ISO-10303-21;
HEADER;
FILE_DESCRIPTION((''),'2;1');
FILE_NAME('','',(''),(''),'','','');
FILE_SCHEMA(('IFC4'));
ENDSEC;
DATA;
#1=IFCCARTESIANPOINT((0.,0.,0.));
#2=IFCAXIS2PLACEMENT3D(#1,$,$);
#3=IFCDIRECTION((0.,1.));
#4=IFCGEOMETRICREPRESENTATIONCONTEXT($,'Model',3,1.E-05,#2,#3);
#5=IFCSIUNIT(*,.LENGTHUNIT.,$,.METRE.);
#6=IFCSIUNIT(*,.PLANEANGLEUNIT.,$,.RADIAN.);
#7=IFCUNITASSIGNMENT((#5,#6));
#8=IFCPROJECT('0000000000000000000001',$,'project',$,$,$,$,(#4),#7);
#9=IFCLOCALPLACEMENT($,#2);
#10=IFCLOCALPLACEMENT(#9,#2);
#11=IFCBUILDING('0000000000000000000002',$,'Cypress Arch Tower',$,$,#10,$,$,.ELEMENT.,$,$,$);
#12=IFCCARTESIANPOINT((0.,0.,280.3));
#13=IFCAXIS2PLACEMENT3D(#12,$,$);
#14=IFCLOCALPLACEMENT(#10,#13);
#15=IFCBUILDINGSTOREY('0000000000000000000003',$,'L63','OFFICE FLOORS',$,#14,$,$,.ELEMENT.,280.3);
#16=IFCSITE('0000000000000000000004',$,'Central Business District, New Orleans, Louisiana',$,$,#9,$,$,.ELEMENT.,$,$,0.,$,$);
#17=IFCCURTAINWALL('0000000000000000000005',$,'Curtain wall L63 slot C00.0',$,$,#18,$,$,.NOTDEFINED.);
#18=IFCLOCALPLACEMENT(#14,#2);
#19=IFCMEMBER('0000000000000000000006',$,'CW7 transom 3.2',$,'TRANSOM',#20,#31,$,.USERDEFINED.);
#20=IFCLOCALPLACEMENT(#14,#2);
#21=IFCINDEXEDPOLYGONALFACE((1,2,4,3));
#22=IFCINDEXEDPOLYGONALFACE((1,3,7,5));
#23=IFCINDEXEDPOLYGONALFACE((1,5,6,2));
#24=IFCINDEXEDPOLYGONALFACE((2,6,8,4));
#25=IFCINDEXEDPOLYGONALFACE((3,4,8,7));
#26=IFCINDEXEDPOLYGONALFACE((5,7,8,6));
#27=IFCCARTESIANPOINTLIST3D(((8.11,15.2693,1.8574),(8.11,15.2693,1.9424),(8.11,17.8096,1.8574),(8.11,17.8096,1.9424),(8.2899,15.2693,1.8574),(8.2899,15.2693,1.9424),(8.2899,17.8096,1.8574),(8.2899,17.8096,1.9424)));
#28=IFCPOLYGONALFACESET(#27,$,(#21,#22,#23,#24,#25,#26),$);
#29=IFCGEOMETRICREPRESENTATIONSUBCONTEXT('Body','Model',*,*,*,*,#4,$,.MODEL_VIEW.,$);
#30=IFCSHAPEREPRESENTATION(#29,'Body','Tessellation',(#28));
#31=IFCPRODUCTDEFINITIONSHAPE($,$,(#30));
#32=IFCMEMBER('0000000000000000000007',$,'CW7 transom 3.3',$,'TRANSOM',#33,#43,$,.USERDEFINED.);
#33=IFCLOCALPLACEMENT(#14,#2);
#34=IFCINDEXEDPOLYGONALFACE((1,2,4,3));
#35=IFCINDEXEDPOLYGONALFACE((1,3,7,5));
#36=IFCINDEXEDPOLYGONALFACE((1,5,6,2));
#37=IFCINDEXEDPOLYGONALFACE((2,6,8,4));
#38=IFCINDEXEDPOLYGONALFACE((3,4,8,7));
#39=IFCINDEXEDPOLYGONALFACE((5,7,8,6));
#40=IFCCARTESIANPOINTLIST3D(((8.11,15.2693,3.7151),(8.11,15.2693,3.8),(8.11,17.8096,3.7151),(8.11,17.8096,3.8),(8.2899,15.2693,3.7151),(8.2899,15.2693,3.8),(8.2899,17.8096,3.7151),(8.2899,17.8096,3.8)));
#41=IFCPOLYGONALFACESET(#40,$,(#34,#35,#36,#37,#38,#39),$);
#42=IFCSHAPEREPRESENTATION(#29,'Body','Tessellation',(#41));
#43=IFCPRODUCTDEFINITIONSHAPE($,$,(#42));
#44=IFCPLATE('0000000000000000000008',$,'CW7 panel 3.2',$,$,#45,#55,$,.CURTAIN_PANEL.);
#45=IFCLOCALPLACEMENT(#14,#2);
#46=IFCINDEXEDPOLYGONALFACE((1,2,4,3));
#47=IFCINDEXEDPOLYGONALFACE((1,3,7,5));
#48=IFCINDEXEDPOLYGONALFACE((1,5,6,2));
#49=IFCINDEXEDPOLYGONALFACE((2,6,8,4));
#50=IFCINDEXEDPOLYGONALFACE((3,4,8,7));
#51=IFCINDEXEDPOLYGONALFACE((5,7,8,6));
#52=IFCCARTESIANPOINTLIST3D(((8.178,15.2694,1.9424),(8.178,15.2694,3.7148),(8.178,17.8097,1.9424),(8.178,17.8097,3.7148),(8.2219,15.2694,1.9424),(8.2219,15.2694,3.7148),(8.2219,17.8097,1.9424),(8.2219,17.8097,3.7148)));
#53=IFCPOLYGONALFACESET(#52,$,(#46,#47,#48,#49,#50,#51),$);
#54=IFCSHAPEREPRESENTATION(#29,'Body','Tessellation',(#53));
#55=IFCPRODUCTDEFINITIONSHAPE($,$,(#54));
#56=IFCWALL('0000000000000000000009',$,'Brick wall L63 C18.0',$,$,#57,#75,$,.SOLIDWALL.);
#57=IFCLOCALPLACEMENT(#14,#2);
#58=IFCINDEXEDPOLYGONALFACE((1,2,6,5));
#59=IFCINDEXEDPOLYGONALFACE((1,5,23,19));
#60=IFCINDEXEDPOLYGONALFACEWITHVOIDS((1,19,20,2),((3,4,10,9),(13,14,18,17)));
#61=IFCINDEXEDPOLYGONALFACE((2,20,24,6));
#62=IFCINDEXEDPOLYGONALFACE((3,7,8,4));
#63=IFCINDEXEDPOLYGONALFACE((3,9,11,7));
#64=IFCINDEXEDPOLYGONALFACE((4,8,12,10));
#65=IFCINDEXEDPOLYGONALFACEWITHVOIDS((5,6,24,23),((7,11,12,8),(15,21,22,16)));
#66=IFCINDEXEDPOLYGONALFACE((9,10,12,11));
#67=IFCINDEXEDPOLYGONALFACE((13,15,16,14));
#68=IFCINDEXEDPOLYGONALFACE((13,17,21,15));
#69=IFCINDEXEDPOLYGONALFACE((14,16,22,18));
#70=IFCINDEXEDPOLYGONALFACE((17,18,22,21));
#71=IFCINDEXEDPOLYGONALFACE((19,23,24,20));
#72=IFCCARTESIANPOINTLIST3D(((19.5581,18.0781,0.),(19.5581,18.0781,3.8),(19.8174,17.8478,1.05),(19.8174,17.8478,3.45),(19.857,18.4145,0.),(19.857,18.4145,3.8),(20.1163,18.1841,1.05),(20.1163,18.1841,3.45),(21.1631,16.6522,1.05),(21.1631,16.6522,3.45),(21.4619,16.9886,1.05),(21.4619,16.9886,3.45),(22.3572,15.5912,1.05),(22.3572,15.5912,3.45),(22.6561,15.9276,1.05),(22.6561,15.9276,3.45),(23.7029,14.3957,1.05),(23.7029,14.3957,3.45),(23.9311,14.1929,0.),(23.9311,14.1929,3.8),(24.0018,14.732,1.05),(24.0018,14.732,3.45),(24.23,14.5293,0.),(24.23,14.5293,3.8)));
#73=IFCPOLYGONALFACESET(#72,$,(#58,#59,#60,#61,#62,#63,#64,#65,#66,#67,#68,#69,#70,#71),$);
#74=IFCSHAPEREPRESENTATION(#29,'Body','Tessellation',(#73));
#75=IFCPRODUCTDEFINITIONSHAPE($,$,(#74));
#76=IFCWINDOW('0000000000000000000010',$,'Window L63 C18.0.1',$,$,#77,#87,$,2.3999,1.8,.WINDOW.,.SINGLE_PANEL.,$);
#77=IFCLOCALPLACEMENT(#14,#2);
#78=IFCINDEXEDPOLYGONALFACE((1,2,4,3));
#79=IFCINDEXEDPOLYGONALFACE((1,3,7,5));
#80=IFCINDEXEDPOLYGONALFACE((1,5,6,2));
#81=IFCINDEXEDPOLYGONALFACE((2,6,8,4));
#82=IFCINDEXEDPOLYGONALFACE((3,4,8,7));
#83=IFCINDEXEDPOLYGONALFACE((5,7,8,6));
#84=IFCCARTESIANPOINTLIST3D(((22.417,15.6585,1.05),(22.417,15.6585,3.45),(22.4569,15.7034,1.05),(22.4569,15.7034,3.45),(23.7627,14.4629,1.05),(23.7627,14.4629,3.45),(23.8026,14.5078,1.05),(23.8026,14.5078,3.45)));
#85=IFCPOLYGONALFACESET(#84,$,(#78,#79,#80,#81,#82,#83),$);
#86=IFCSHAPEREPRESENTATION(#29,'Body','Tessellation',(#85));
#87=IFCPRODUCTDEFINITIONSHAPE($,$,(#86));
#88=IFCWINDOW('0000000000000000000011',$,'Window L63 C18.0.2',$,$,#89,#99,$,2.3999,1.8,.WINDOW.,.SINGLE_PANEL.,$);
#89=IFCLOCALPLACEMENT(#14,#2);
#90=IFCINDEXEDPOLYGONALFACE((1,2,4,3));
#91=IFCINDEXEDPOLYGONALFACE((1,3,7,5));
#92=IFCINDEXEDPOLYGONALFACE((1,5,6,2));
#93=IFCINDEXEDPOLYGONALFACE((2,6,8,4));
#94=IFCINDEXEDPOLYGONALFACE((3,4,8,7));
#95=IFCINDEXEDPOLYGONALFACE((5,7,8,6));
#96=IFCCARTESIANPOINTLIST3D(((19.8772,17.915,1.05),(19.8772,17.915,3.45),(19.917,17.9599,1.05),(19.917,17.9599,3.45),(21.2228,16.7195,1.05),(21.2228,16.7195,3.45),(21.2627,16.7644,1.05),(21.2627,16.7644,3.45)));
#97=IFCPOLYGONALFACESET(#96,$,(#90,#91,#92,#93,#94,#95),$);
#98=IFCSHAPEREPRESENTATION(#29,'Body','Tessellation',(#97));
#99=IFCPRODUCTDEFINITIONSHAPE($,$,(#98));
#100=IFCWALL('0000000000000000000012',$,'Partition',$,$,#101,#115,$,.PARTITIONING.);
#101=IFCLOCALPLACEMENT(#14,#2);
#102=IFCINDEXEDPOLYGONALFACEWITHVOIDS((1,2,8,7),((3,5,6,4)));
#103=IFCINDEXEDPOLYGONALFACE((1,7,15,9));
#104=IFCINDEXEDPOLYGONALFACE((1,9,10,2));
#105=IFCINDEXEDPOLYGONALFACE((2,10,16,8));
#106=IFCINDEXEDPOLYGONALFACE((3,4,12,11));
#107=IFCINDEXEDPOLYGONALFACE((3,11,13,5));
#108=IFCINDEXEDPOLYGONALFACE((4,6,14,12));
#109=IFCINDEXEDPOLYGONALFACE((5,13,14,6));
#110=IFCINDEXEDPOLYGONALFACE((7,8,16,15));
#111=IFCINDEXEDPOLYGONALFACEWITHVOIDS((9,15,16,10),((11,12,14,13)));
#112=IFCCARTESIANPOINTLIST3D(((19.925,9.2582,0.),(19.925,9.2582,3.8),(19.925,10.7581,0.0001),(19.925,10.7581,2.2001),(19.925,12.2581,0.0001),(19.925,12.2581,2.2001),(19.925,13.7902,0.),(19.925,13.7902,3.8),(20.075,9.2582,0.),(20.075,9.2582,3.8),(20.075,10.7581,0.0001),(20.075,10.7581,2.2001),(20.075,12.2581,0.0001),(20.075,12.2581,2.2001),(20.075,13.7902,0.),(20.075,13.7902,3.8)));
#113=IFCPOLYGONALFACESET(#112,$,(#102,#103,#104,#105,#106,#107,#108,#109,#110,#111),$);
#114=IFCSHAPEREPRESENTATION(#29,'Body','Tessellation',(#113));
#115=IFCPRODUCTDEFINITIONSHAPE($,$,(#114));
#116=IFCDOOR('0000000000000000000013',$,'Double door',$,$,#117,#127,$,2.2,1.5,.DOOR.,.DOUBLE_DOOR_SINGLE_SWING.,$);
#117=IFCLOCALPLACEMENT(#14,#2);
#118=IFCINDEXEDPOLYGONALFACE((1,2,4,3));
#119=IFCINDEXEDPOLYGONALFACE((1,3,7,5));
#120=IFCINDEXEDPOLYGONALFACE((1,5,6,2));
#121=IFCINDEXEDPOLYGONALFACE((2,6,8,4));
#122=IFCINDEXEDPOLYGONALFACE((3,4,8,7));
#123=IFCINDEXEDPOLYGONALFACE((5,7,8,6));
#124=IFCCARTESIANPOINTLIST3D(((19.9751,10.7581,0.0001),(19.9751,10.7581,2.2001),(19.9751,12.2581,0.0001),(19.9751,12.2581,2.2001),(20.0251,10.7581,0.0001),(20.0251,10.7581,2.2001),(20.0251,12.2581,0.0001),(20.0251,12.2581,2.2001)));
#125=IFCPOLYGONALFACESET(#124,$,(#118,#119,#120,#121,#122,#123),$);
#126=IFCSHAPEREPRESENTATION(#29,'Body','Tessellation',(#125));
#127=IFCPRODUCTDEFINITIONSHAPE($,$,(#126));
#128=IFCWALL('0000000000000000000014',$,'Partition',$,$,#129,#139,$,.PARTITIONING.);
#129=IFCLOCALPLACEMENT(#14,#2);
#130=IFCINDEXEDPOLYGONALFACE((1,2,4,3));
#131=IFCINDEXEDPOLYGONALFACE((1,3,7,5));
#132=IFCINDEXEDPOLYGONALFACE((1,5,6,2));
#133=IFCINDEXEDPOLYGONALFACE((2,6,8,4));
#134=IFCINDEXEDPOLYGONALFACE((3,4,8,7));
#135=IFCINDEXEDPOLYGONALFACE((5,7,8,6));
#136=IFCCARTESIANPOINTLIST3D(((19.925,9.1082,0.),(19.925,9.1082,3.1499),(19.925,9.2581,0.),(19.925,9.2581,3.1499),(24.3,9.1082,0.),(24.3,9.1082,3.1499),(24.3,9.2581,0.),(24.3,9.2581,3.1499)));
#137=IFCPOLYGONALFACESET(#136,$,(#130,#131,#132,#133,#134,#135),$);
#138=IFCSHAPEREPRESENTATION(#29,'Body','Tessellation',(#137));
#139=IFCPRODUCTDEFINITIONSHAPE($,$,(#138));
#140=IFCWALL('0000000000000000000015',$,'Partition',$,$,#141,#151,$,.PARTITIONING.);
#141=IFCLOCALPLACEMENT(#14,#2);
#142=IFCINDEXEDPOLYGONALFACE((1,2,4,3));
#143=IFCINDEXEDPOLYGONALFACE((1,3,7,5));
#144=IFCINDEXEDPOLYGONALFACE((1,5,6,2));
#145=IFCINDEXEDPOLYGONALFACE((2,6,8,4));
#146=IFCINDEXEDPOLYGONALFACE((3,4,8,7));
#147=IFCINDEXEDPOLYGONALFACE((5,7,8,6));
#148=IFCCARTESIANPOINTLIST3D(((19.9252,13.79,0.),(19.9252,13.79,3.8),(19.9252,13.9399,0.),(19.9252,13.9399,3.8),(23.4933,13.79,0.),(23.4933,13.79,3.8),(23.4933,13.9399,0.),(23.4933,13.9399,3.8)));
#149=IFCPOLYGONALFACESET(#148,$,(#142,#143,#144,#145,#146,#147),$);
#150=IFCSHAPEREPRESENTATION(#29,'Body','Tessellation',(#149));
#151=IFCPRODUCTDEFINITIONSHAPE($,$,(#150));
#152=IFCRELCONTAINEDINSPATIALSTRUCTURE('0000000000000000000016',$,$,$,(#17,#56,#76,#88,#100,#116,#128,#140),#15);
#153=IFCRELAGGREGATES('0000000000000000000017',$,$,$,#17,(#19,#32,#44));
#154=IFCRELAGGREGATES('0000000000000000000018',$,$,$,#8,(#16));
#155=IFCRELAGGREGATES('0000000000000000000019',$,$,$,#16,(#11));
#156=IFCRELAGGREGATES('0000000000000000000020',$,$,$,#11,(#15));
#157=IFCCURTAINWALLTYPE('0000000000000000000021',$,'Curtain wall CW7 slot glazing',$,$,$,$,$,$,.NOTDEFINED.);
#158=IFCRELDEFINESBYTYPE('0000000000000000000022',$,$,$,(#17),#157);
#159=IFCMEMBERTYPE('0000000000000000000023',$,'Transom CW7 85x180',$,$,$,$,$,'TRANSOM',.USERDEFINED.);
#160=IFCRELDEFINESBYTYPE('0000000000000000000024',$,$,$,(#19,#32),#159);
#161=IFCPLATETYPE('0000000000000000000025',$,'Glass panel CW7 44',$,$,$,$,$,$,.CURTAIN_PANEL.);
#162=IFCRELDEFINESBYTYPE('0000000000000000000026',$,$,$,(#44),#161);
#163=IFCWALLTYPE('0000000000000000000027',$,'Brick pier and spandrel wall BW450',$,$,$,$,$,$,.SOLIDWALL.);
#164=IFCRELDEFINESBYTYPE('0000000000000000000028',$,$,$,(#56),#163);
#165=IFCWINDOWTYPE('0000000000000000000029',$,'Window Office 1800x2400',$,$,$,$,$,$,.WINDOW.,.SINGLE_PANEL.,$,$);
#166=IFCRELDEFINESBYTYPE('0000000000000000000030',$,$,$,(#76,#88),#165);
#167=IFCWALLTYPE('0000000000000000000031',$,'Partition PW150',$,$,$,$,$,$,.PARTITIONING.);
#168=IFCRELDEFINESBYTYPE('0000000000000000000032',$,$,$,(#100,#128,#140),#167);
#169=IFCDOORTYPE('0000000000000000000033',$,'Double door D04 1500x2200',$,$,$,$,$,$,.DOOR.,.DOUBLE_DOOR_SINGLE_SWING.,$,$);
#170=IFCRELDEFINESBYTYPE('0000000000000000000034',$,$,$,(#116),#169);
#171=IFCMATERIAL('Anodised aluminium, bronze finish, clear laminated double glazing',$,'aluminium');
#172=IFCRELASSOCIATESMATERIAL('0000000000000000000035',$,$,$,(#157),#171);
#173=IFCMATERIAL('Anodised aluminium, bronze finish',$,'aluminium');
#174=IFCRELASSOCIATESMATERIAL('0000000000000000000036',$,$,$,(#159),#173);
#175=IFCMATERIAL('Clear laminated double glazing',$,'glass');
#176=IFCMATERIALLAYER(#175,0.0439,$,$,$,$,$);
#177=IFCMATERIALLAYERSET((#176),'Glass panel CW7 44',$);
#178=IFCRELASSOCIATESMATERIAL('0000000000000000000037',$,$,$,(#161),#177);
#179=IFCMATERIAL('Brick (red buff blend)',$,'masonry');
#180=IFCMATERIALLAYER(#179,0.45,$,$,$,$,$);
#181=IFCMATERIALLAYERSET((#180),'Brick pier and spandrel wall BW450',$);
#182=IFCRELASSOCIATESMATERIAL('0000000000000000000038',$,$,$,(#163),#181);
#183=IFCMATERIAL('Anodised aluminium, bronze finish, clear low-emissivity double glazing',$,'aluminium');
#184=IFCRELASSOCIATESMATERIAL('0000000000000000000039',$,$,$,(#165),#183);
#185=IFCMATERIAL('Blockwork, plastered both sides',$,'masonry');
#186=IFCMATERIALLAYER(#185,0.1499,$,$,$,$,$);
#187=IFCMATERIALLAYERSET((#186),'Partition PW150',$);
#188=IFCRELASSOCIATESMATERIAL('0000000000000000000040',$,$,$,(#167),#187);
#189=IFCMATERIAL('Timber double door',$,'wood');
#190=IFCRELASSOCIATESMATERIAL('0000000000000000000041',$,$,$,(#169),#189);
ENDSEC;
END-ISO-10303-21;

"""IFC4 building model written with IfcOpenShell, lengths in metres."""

from ifc_helpers import new_model, si_unit, direction, frame, frame_2d, origin, origin_2d, place, context, subcontext, project, spatial, rectangle, extrude, material, layer, layer_set, material_profile, profile_set, type_object, element, fill, aggregate, save


model = new_model("IFC4")

# Units and contexts
model_context = context("Model", 3, precision=1e-05, world=origin(), true_north=direction((0.0, 1.0)))
body_context = subcontext(model_context, "Body", "Model", "MODEL_VIEW")
ifc_project = project(units=[si_unit("LENGTHUNIT", "METRE"), si_unit("PLANEANGLEUNIT", "RADIAN")], contexts=[model_context])

# Site, building, storey
site_placement = place(None, origin())
site = spatial("IfcSite", under=ifc_project, at=site_placement, Name="Central Business District, New Orleans, Louisiana", CompositionType="ELEMENT", RefElevation=0.0)
building_placement = place(site_placement, origin())
building = spatial("IfcBuilding", under=site, at=building_placement, Name="Cypress Arch Tower", CompositionType="ELEMENT")
storey_placement = place(building_placement, frame((0.0, 0.0, 280.3)))
storey = spatial("IfcBuildingStorey", under=building, at=storey_placement, Name="L63", Description="OFFICE FLOORS", CompositionType="ELEMENT", Elevation=280.3)

# Curtain wall
ifc_material_1 = material(Name="Anodised aluminium, bronze finish, clear laminated double glazing", Category="aluminium")
curtain_wall_type = type_object("IfcCurtainWallType", Name="Curtain wall CW7 slot glazing", PredefinedType="NOTDEFINED", material=ifc_material_1)
curtain_wall_placement = place(storey_placement, origin())
curtain_wall = element("IfcCurtainWall", 1, at=curtain_wall_placement, inside=storey, type_object=curtain_wall_type, Name="Curtain wall L63 slot C00.0", PredefinedType="NOTDEFINED")

# Members
ifc_material_2 = material(Name="Anodised aluminium, bronze finish", Category="aluminium")
ifc_material_profile_1 = material_profile(ifc_material_2, rectangle(XDim=0.1799, YDim=0.085, at=origin_2d()), Name="Transom 85x180")
ifc_profile_set_1 = profile_set([ifc_material_profile_1], Name="Anodised aluminium, bronze finish")
member_type_1 = type_object("IfcMemberType", Name="Transom CW7 85x180", ElementType="TRANSOM", PredefinedType="USERDEFINED", material=ifc_profile_set_1)
member_1_placement = place(storey_placement, frame((8.2, 17.8096, 1.8999), z_axis=(0.0, -1.0, 0.0), x_axis=(1.0, 0.0, 0.0)))
member_1 = element("IfcMember", 2, at=member_1_placement, type_object=member_type_1, Name="CW7 transom 3.2", ObjectType="TRANSOM", PredefinedType="USERDEFINED", context=body_context, shape_type="SweptSolid", body=[
    extrude(rectangle(XDim=0.1799, YDim=0.085, at=origin_2d()), origin(), (0.0, 0.0, 1.0), 2.5403),
])
member_2_placement = place(storey_placement, frame((8.2, 17.8096, 3.7576), z_axis=(0.0, -1.0, 0.0), x_axis=(1.0, 0.0, 0.0)))
member_2 = element("IfcMember", 3, at=member_2_placement, type_object=member_type_1, Name="CW7 transom 3.3", ObjectType="TRANSOM", PredefinedType="USERDEFINED", context=body_context, shape_type="SweptSolid", body=[
    extrude(rectangle(XDim=0.1799, YDim=0.085, at=origin_2d()), origin(), (0.0, 0.0, 1.0), 2.5403),
])

# Plate
ifc_material_3 = material(Name="Clear laminated double glazing", Category="glass")
ifc_layer_1 = layer(ifc_material_3, 0.0439)
ifc_layer_set_1 = layer_set([ifc_layer_1], Name="Glass panel CW7 44")
plate_type = type_object("IfcPlateType", Name="Glass panel CW7 44", PredefinedType="CURTAIN_PANEL", material=ifc_layer_set_1)
plate_placement = place(storey_placement, frame((8.2, 16.5396, 1.9424), z_axis=(0.0, 0.0, 1.0), x_axis=(0.0, -1.0, 0.0)))
plate = element("IfcPlate", 4, at=plate_placement, type_object=plate_type, Name="CW7 panel 3.2", PredefinedType="CURTAIN_PANEL", context=body_context, shape_type="SweptSolid", body=[
    extrude(rectangle(XDim=2.5403, YDim=0.0439, at=origin_2d()), origin(), (0.0, 0.0, 1.0), 1.7725),
])
aggregate(curtain_wall, [member_1, member_2, plate])

# Shared definitions
ifc_material_4 = material(Name="Brick (red buff blend)", Category="masonry")
ifc_layer_2 = layer(ifc_material_4, 0.45)
ifc_layer_set_2 = layer_set([ifc_layer_2], Name="Brick pier and spandrel wall BW450")
wall_type_1 = type_object("IfcWallType", Name="Brick pier and spandrel wall BW450", PredefinedType="SOLIDWALL", material=ifc_layer_set_2)

# Wall, openings, windows
wall_1_placement = place(storey_placement, frame((24.0806, 14.3611, 0.0), z_axis=(0.0, 0.0, 1.0), x_axis=(-0.74757, 0.664182, 0.0)))
wall_1 = element("IfcWall", 5, at=wall_1_placement, inside=storey, type_object=wall_type_1, Name="Brick wall L63 C18.0", PredefinedType="SOLIDWALL", context=body_context, shape_type="SweptSolid", body=[
    extrude(rectangle(XDim=5.8496, YDim=0.45, at=frame_2d((2.9248, 0.0))), origin(), (0.0, 0.0, 1.0), 3.8),
])
opening_1_placement = place(wall_1_placement, frame((0.3054, 0.0, 1.05)))
opening_1 = element("IfcOpeningElement", 6, at=opening_1_placement, cuts=wall_1, PredefinedType="OPENING", context=body_context, shape_type="SweptSolid", body=[
    extrude(rectangle(XDim=1.8, YDim=2.3999, at=frame_2d((0.8999, 1.2))), frame((0.0, 0.2349, 0.0), z_axis=(0.0, -1.0, 0.0), x_axis=(1.0, 0.0, 0.0)), (0.0, 0.0, 1.0), 0.47),
])
opening_2_placement = place(wall_1_placement, frame((3.7029, 0.0, 1.05)))
opening_2 = element("IfcOpeningElement", 7, at=opening_2_placement, cuts=wall_1, PredefinedType="OPENING", context=body_context, shape_type="SweptSolid", body=[
    extrude(rectangle(XDim=1.8, YDim=2.3999, at=frame_2d((0.8999, 1.2))), frame((0.0, 0.2349, 0.0), z_axis=(0.0, -1.0, 0.0), x_axis=(1.0, 0.0, 0.0)), (0.0, 0.0, 1.0), 0.47),
])
ifc_material_5 = material(Name="Anodised aluminium, bronze finish, clear low-emissivity double glazing", Category="aluminium")
window_type_1 = type_object("IfcWindowType", Name="Window Office 1800x2400", PartitioningType="SINGLE_PANEL", PredefinedType="WINDOW", material=ifc_material_5)
window_1_placement = place(opening_1_placement, origin())
window_1 = element("IfcWindow", 8, at=window_1_placement, inside=storey, type_object=window_type_1, Name="Window L63 C18.0.1", OverallHeight=2.3999, OverallWidth=1.8, PartitioningType="SINGLE_PANEL", PredefinedType="WINDOW", context=body_context, shape_type="SweptSolid", body=[
    extrude(rectangle(XDim=1.8, YDim=2.3999, at=frame_2d((0.8999, 1.2))), frame((0.0, 0.135, 0.0), z_axis=(0.0, -1.0, 0.0), x_axis=(1.0, 0.0, 0.0)), (0.0, 0.0, 1.0), 0.0601),
])
fill(opening_1, window_1)
window_2_placement = place(opening_2_placement, origin())
window_2 = element("IfcWindow", 9, at=window_2_placement, inside=storey, type_object=window_type_1, Name="Window L63 C18.0.2", OverallHeight=2.3999, OverallWidth=1.8, PartitioningType="SINGLE_PANEL", PredefinedType="WINDOW", context=body_context, shape_type="SweptSolid", body=[
    extrude(rectangle(XDim=1.8, YDim=2.3999, at=frame_2d((0.8999, 1.2))), frame((0.0, 0.135, 0.0), z_axis=(0.0, -1.0, 0.0), x_axis=(1.0, 0.0, 0.0)), (0.0, 0.0, 1.0), 0.0601),
])
fill(opening_2, window_2)

# Wall, opening, door
ifc_material_6 = material(Name="Blockwork, plastered both sides", Category="masonry")
ifc_layer_3 = layer(ifc_material_6, 0.1499)
ifc_layer_set_3 = layer_set([ifc_layer_3], Name="Partition PW150")
wall_type_2 = type_object("IfcWallType", Name="Partition PW150", PredefinedType="PARTITIONING", material=ifc_layer_set_3)
wall_2_placement = place(storey_placement, frame((20.0, 9.2581, 0.0), z_axis=(0.0, 0.0, 1.0), x_axis=(0.0, 1.0, 0.0)))
wall_2 = element("IfcWall", 10, at=wall_2_placement, inside=storey, type_object=wall_type_2, Name="Partition", PredefinedType="PARTITIONING", context=body_context, shape_type="SweptSolid", body=[
    extrude(rectangle(XDim=4.532, YDim=0.1499, at=frame_2d((2.2661, 0.0))), origin(), (0.0, 0.0, 1.0), 3.8),
])
opening_3_placement = place(wall_2_placement, frame((1.5, 0.0, 0.0)))
opening_3 = element("IfcOpeningElement", 11, at=opening_3_placement, cuts=wall_2, PredefinedType="OPENING", context=body_context, shape_type="SweptSolid", body=[
    extrude(rectangle(XDim=1.5, YDim=2.2, at=frame_2d((0.75, 1.1001))), frame((0.0, 0.085, 0.0), z_axis=(0.0, -1.0, 0.0), x_axis=(1.0, 0.0, 0.0)), (0.0, 0.0, 1.0), 0.1699),
])
ifc_material_7 = material(Name="Timber double door", Category="wood")
door_type_1 = type_object("IfcDoorType", Name="Double door D04 1500x2200", OperationType="DOUBLE_DOOR_SINGLE_SWING", PredefinedType="DOOR", material=ifc_material_7)
door_1_placement = place(opening_3_placement, origin())
door_1 = element("IfcDoor", 12, at=door_1_placement, inside=storey, type_object=door_type_1, Name="Double door", OperationType="DOUBLE_DOOR_SINGLE_SWING", OverallHeight=2.2, OverallWidth=1.5, PredefinedType="DOOR", context=body_context, shape_type="SweptSolid", body=[
    extrude(rectangle(XDim=1.5, YDim=2.2, at=frame_2d((0.75, 1.1001))), frame((0.0, 0.0249, 0.0), z_axis=(0.0, -1.0, 0.0), x_axis=(1.0, 0.0, 0.0)), (0.0, 0.0, 1.0), 0.05),
])
fill(opening_3, door_1)

# Walls
wall_3_placement = place(storey_placement, frame((19.925, 9.1831, 0.0), z_axis=(0.0, 0.0, 1.0), x_axis=(1.0, 0.0, 0.0)))
element("IfcWall", 13, at=wall_3_placement, inside=storey, type_object=wall_type_2, Name="Partition", PredefinedType="PARTITIONING", context=body_context, shape_type="SweptSolid", body=[
    extrude(rectangle(XDim=4.375, YDim=0.1499, at=frame_2d((2.1875, 0.0))), origin(), (0.0, 0.0, 1.0), 3.1499),
])
wall_4_placement = place(storey_placement, frame((19.925, 13.865, 0.0), z_axis=(0.0, 0.0, 1.0), x_axis=(1.0, 0.0, 0.0)))
element("IfcWall", 14, at=wall_4_placement, inside=storey, type_object=wall_type_2, Name="Partition", PredefinedType="PARTITIONING", context=body_context, shape_type="SweptSolid", body=[
    extrude(rectangle(XDim=3.5681, YDim=0.1499, at=frame_2d((1.7842, 0.0))), origin(), (0.0, 0.0, 1.0), 3.8),
])

save(model, "model.ifc")
